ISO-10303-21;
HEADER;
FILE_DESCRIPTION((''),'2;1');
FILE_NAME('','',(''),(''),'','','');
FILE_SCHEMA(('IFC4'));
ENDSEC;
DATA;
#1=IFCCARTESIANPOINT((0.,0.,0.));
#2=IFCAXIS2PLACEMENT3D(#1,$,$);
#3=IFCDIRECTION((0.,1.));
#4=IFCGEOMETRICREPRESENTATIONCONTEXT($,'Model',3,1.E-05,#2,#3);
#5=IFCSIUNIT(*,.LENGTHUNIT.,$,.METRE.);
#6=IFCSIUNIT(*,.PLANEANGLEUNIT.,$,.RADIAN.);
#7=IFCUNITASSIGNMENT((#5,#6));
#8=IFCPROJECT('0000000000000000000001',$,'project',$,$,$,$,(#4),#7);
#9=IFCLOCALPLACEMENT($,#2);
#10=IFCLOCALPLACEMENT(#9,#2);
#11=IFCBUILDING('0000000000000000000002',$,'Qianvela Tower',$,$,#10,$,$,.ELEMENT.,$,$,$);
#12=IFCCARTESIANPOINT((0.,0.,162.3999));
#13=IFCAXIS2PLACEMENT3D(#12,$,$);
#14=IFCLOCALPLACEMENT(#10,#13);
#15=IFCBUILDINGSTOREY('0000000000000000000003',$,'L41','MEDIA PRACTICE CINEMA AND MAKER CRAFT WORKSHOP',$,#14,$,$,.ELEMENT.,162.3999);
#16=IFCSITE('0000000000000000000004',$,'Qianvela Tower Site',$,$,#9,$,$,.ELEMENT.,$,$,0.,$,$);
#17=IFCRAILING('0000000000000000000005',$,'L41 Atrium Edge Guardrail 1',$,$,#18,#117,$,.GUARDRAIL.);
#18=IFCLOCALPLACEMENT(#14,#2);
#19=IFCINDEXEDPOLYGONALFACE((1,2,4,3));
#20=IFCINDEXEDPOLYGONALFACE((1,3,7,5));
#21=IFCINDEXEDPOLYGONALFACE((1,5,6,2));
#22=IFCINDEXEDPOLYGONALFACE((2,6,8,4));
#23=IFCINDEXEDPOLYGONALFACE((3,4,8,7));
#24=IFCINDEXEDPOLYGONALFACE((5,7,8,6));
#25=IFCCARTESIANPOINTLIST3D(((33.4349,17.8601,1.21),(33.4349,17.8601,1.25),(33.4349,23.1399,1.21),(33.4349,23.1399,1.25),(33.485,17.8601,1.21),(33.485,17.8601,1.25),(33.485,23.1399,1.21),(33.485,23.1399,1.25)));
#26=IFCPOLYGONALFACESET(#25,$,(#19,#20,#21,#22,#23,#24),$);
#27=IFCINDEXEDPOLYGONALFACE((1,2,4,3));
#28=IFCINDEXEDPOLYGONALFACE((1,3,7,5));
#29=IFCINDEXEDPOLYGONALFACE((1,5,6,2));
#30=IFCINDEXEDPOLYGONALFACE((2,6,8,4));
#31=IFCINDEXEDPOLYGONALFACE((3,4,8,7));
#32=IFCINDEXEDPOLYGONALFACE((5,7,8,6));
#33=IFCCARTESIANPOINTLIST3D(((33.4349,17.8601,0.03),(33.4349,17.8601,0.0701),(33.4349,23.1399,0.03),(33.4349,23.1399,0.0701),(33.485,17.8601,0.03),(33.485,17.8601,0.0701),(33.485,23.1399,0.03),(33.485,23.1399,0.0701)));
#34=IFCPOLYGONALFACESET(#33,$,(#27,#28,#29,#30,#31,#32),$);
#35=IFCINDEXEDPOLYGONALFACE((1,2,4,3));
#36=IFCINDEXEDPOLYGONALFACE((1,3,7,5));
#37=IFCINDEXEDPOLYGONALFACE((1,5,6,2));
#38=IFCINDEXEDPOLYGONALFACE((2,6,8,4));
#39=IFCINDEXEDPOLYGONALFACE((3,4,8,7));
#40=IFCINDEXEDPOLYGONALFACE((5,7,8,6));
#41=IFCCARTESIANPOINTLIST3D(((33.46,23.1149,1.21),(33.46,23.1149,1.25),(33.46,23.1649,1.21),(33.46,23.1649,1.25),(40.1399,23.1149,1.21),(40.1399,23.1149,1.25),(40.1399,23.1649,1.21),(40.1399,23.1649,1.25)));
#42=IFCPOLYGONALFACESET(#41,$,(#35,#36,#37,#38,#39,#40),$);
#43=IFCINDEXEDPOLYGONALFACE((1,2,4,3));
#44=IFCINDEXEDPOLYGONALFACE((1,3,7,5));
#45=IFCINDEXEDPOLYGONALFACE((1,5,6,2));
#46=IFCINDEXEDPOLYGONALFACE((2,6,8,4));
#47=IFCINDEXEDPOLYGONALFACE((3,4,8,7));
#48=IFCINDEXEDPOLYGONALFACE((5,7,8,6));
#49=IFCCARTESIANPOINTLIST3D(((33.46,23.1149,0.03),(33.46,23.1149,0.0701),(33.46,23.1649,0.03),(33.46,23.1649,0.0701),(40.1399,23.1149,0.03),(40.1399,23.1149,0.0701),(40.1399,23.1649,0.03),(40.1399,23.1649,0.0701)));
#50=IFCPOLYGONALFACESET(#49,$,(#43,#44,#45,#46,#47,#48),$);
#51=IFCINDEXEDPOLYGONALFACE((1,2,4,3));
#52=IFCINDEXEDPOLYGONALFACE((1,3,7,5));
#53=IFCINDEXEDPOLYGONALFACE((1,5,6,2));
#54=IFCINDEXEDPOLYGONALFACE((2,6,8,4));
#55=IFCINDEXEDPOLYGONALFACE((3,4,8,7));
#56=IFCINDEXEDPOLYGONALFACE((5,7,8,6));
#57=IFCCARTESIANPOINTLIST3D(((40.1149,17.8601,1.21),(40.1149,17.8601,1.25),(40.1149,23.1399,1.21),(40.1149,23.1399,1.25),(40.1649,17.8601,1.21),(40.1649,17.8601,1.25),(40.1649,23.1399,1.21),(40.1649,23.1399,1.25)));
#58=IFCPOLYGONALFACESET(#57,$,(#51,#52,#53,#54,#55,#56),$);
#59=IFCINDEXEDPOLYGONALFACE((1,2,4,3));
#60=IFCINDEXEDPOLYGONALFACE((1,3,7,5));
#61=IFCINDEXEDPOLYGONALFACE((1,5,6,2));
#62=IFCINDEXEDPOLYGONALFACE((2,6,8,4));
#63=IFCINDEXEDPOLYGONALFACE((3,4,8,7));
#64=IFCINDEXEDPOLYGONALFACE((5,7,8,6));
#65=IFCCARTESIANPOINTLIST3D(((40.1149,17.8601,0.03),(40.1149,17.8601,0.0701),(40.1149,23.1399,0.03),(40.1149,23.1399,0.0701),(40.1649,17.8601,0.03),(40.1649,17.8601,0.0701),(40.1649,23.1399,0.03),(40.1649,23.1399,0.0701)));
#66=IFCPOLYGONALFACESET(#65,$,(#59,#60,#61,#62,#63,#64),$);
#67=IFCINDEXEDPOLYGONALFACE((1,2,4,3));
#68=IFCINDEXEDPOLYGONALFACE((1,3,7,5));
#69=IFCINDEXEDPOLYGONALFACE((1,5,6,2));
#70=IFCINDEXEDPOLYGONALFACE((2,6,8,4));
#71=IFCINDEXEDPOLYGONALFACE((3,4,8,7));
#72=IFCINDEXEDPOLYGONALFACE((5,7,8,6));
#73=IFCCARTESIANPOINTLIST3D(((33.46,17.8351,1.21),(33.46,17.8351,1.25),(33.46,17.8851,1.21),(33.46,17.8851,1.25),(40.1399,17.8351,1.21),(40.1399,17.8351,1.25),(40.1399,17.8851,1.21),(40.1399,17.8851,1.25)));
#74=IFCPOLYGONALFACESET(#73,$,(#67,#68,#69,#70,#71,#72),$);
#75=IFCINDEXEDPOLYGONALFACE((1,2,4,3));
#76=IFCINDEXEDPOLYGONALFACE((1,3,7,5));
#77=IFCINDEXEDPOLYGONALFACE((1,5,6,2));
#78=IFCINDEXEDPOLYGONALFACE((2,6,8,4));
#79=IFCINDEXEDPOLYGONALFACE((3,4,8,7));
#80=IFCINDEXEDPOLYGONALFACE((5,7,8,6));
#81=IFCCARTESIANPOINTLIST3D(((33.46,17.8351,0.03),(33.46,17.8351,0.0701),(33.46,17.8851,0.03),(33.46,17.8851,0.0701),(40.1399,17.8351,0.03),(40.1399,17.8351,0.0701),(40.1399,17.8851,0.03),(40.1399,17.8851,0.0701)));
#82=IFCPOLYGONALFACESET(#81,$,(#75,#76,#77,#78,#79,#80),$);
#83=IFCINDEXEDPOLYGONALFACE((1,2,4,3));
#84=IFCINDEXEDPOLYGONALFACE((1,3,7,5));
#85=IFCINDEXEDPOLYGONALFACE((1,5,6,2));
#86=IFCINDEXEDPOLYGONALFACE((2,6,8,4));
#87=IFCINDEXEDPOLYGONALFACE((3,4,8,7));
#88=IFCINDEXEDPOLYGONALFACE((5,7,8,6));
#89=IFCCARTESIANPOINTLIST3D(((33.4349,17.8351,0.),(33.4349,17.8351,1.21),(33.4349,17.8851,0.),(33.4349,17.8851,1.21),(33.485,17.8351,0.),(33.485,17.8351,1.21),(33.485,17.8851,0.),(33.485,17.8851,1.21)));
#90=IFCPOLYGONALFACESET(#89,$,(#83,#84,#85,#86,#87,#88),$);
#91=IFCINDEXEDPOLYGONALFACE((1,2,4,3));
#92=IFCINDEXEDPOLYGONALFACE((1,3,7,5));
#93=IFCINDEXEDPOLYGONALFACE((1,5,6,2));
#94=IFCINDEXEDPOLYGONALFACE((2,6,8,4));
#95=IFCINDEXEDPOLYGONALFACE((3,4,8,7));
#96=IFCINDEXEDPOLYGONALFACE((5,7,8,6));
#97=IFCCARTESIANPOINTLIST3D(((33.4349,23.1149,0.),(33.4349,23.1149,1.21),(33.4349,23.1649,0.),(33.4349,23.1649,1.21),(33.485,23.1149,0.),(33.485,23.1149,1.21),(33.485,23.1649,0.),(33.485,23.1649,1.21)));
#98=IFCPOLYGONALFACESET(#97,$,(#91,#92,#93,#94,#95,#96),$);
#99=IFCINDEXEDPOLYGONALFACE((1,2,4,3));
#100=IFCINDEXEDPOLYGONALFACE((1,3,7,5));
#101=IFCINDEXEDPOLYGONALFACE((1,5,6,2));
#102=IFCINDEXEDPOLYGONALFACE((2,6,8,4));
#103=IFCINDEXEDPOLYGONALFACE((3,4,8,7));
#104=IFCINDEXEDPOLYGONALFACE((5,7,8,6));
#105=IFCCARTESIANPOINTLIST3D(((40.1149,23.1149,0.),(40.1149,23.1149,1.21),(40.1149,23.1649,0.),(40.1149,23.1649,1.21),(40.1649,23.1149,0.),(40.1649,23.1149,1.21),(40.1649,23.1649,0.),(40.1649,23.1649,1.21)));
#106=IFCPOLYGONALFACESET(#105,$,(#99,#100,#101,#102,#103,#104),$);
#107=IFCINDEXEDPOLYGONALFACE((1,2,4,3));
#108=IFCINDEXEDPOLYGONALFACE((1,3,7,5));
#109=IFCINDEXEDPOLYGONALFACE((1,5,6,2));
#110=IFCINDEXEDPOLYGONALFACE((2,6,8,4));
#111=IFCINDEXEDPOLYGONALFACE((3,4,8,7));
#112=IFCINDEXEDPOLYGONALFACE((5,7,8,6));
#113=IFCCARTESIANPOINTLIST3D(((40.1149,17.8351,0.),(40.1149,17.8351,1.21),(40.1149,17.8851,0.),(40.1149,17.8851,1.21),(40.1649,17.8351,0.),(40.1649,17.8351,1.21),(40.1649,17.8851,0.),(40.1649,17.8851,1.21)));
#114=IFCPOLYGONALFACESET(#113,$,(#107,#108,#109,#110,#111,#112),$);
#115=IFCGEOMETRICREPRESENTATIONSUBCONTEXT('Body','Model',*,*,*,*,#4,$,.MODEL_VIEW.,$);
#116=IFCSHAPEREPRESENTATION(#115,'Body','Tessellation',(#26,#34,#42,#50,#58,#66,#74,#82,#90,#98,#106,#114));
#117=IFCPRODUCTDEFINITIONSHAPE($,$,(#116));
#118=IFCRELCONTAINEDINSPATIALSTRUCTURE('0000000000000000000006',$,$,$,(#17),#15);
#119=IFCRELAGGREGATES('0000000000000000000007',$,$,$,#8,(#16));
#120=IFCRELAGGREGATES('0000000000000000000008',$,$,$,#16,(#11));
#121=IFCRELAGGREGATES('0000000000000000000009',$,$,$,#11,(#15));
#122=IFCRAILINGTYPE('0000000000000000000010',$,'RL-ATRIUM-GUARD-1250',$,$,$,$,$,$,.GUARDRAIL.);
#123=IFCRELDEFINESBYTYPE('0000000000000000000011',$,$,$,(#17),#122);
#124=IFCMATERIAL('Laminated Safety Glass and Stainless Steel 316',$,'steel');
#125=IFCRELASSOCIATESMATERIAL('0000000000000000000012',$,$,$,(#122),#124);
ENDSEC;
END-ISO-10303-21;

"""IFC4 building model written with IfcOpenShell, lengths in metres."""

from ifc_helpers import new_model, si_unit, direction, frame, origin, origin_2d, place, context, subcontext, project, spatial, rectangle, extrude, material, type_object, element, save


model = new_model("IFC4")

# Units and contexts
model_context = context("Model", 3, precision=1e-05, world=origin(), true_north=direction((0.0, 1.0)))
body_context = subcontext(model_context, "Body", "Model", "MODEL_VIEW")
ifc_project = project(units=[si_unit("LENGTHUNIT", "METRE"), si_unit("PLANEANGLEUNIT", "RADIAN")], contexts=[model_context])

# Site, building, storey
site_placement = place(None, origin())
site = spatial("IfcSite", under=ifc_project, at=site_placement, Name="Qianvela Tower Site", CompositionType="ELEMENT", RefElevation=0.0)
building_placement = place(site_placement, origin())
building = spatial("IfcBuilding", under=site, at=building_placement, Name="Qianvela Tower", CompositionType="ELEMENT")
storey_placement = place(building_placement, frame((0.0, 0.0, 162.3999)))
storey = spatial("IfcBuildingStorey", under=building, at=storey_placement, Name="L41", Description="MEDIA PRACTICE CINEMA AND MAKER CRAFT WORKSHOP", CompositionType="ELEMENT", Elevation=162.3999)

# Railing
ifc_material_1 = material(Name="Laminated Safety Glass and Stainless Steel 316", Category="steel")
railing_type = type_object("IfcRailingType", Name="RL-ATRIUM-GUARD-1250", PredefinedType="GUARDRAIL", material=ifc_material_1)
railing_placement = place(storey_placement, frame((33.46, 17.8601, 0.0)))
element("IfcRailing", 1, at=railing_placement, inside=storey, type_object=railing_type, Name="L41 Atrium Edge Guardrail 1", PredefinedType="GUARDRAIL", context=body_context, shape_type="SweptSolid", body=[
    extrude(rectangle(XDim=0.05, YDim=0.04, at=origin_2d()), frame((0.0, 0.0, 1.23), z_axis=(0.0, 1.0, 0.0), x_axis=(-1.0, 0.0, 0.0)), (0.0, 0.0, 1.0), 5.2798),
    extrude(rectangle(XDim=0.05, YDim=0.04, at=origin_2d()), frame((0.0, 0.0, 0.05), z_axis=(0.0, 1.0, 0.0), x_axis=(-1.0, 0.0, 0.0)), (0.0, 0.0, 1.0), 5.2798),
    extrude(rectangle(XDim=0.05, YDim=0.04, at=origin_2d()), frame((0.0, 5.2798, 1.23), z_axis=(1.0, 0.0, 0.0), x_axis=(0.0, 1.0, 0.0)), (0.0, 0.0, 1.0), 6.6799),
    extrude(rectangle(XDim=0.05, YDim=0.04, at=origin_2d()), frame((0.0, 5.2798, 0.05), z_axis=(1.0, 0.0, 0.0), x_axis=(0.0, 1.0, 0.0)), (0.0, 0.0, 1.0), 6.6799),
    extrude(rectangle(XDim=0.05, YDim=0.04, at=origin_2d()), frame((6.6799, 5.2798, 1.23), z_axis=(0.0, -1.0, 0.0), x_axis=(1.0, 0.0, 0.0)), (0.0, 0.0, 1.0), 5.2798),
    extrude(rectangle(XDim=0.05, YDim=0.04, at=origin_2d()), frame((6.6799, 5.2798, 0.05), z_axis=(0.0, -1.0, 0.0), x_axis=(1.0, 0.0, 0.0)), (0.0, 0.0, 1.0), 5.2798),
    extrude(rectangle(XDim=0.05, YDim=0.04, at=origin_2d()), frame((6.6799, 0.0, 1.23), z_axis=(-1.0, 0.0, 0.0), x_axis=(0.0, -1.0, 0.0)), (0.0, 0.0, 1.0), 6.6799),
    extrude(rectangle(XDim=0.05, YDim=0.04, at=origin_2d()), frame((6.6799, 0.0, 0.05), z_axis=(-1.0, 0.0, 0.0), x_axis=(0.0, -1.0, 0.0)), (0.0, 0.0, 1.0), 6.6799),
    extrude(rectangle(XDim=0.05, YDim=0.05, at=origin_2d()), origin(), (0.0, 0.0, 1.0), 1.21),
    extrude(rectangle(XDim=0.05, YDim=0.05, at=origin_2d()), frame((0.0, 5.2798, 0.0)), (0.0, 0.0, 1.0), 1.21),
    extrude(rectangle(XDim=0.05, YDim=0.05, at=origin_2d()), frame((6.6799, 5.2798, 0.0)), (0.0, 0.0, 1.0), 1.21),
    extrude(rectangle(XDim=0.05, YDim=0.05, at=origin_2d()), frame((6.6799, 0.0, 0.0)), (0.0, 0.0, 1.0), 1.21),
])

save(model, "model.ifc")
